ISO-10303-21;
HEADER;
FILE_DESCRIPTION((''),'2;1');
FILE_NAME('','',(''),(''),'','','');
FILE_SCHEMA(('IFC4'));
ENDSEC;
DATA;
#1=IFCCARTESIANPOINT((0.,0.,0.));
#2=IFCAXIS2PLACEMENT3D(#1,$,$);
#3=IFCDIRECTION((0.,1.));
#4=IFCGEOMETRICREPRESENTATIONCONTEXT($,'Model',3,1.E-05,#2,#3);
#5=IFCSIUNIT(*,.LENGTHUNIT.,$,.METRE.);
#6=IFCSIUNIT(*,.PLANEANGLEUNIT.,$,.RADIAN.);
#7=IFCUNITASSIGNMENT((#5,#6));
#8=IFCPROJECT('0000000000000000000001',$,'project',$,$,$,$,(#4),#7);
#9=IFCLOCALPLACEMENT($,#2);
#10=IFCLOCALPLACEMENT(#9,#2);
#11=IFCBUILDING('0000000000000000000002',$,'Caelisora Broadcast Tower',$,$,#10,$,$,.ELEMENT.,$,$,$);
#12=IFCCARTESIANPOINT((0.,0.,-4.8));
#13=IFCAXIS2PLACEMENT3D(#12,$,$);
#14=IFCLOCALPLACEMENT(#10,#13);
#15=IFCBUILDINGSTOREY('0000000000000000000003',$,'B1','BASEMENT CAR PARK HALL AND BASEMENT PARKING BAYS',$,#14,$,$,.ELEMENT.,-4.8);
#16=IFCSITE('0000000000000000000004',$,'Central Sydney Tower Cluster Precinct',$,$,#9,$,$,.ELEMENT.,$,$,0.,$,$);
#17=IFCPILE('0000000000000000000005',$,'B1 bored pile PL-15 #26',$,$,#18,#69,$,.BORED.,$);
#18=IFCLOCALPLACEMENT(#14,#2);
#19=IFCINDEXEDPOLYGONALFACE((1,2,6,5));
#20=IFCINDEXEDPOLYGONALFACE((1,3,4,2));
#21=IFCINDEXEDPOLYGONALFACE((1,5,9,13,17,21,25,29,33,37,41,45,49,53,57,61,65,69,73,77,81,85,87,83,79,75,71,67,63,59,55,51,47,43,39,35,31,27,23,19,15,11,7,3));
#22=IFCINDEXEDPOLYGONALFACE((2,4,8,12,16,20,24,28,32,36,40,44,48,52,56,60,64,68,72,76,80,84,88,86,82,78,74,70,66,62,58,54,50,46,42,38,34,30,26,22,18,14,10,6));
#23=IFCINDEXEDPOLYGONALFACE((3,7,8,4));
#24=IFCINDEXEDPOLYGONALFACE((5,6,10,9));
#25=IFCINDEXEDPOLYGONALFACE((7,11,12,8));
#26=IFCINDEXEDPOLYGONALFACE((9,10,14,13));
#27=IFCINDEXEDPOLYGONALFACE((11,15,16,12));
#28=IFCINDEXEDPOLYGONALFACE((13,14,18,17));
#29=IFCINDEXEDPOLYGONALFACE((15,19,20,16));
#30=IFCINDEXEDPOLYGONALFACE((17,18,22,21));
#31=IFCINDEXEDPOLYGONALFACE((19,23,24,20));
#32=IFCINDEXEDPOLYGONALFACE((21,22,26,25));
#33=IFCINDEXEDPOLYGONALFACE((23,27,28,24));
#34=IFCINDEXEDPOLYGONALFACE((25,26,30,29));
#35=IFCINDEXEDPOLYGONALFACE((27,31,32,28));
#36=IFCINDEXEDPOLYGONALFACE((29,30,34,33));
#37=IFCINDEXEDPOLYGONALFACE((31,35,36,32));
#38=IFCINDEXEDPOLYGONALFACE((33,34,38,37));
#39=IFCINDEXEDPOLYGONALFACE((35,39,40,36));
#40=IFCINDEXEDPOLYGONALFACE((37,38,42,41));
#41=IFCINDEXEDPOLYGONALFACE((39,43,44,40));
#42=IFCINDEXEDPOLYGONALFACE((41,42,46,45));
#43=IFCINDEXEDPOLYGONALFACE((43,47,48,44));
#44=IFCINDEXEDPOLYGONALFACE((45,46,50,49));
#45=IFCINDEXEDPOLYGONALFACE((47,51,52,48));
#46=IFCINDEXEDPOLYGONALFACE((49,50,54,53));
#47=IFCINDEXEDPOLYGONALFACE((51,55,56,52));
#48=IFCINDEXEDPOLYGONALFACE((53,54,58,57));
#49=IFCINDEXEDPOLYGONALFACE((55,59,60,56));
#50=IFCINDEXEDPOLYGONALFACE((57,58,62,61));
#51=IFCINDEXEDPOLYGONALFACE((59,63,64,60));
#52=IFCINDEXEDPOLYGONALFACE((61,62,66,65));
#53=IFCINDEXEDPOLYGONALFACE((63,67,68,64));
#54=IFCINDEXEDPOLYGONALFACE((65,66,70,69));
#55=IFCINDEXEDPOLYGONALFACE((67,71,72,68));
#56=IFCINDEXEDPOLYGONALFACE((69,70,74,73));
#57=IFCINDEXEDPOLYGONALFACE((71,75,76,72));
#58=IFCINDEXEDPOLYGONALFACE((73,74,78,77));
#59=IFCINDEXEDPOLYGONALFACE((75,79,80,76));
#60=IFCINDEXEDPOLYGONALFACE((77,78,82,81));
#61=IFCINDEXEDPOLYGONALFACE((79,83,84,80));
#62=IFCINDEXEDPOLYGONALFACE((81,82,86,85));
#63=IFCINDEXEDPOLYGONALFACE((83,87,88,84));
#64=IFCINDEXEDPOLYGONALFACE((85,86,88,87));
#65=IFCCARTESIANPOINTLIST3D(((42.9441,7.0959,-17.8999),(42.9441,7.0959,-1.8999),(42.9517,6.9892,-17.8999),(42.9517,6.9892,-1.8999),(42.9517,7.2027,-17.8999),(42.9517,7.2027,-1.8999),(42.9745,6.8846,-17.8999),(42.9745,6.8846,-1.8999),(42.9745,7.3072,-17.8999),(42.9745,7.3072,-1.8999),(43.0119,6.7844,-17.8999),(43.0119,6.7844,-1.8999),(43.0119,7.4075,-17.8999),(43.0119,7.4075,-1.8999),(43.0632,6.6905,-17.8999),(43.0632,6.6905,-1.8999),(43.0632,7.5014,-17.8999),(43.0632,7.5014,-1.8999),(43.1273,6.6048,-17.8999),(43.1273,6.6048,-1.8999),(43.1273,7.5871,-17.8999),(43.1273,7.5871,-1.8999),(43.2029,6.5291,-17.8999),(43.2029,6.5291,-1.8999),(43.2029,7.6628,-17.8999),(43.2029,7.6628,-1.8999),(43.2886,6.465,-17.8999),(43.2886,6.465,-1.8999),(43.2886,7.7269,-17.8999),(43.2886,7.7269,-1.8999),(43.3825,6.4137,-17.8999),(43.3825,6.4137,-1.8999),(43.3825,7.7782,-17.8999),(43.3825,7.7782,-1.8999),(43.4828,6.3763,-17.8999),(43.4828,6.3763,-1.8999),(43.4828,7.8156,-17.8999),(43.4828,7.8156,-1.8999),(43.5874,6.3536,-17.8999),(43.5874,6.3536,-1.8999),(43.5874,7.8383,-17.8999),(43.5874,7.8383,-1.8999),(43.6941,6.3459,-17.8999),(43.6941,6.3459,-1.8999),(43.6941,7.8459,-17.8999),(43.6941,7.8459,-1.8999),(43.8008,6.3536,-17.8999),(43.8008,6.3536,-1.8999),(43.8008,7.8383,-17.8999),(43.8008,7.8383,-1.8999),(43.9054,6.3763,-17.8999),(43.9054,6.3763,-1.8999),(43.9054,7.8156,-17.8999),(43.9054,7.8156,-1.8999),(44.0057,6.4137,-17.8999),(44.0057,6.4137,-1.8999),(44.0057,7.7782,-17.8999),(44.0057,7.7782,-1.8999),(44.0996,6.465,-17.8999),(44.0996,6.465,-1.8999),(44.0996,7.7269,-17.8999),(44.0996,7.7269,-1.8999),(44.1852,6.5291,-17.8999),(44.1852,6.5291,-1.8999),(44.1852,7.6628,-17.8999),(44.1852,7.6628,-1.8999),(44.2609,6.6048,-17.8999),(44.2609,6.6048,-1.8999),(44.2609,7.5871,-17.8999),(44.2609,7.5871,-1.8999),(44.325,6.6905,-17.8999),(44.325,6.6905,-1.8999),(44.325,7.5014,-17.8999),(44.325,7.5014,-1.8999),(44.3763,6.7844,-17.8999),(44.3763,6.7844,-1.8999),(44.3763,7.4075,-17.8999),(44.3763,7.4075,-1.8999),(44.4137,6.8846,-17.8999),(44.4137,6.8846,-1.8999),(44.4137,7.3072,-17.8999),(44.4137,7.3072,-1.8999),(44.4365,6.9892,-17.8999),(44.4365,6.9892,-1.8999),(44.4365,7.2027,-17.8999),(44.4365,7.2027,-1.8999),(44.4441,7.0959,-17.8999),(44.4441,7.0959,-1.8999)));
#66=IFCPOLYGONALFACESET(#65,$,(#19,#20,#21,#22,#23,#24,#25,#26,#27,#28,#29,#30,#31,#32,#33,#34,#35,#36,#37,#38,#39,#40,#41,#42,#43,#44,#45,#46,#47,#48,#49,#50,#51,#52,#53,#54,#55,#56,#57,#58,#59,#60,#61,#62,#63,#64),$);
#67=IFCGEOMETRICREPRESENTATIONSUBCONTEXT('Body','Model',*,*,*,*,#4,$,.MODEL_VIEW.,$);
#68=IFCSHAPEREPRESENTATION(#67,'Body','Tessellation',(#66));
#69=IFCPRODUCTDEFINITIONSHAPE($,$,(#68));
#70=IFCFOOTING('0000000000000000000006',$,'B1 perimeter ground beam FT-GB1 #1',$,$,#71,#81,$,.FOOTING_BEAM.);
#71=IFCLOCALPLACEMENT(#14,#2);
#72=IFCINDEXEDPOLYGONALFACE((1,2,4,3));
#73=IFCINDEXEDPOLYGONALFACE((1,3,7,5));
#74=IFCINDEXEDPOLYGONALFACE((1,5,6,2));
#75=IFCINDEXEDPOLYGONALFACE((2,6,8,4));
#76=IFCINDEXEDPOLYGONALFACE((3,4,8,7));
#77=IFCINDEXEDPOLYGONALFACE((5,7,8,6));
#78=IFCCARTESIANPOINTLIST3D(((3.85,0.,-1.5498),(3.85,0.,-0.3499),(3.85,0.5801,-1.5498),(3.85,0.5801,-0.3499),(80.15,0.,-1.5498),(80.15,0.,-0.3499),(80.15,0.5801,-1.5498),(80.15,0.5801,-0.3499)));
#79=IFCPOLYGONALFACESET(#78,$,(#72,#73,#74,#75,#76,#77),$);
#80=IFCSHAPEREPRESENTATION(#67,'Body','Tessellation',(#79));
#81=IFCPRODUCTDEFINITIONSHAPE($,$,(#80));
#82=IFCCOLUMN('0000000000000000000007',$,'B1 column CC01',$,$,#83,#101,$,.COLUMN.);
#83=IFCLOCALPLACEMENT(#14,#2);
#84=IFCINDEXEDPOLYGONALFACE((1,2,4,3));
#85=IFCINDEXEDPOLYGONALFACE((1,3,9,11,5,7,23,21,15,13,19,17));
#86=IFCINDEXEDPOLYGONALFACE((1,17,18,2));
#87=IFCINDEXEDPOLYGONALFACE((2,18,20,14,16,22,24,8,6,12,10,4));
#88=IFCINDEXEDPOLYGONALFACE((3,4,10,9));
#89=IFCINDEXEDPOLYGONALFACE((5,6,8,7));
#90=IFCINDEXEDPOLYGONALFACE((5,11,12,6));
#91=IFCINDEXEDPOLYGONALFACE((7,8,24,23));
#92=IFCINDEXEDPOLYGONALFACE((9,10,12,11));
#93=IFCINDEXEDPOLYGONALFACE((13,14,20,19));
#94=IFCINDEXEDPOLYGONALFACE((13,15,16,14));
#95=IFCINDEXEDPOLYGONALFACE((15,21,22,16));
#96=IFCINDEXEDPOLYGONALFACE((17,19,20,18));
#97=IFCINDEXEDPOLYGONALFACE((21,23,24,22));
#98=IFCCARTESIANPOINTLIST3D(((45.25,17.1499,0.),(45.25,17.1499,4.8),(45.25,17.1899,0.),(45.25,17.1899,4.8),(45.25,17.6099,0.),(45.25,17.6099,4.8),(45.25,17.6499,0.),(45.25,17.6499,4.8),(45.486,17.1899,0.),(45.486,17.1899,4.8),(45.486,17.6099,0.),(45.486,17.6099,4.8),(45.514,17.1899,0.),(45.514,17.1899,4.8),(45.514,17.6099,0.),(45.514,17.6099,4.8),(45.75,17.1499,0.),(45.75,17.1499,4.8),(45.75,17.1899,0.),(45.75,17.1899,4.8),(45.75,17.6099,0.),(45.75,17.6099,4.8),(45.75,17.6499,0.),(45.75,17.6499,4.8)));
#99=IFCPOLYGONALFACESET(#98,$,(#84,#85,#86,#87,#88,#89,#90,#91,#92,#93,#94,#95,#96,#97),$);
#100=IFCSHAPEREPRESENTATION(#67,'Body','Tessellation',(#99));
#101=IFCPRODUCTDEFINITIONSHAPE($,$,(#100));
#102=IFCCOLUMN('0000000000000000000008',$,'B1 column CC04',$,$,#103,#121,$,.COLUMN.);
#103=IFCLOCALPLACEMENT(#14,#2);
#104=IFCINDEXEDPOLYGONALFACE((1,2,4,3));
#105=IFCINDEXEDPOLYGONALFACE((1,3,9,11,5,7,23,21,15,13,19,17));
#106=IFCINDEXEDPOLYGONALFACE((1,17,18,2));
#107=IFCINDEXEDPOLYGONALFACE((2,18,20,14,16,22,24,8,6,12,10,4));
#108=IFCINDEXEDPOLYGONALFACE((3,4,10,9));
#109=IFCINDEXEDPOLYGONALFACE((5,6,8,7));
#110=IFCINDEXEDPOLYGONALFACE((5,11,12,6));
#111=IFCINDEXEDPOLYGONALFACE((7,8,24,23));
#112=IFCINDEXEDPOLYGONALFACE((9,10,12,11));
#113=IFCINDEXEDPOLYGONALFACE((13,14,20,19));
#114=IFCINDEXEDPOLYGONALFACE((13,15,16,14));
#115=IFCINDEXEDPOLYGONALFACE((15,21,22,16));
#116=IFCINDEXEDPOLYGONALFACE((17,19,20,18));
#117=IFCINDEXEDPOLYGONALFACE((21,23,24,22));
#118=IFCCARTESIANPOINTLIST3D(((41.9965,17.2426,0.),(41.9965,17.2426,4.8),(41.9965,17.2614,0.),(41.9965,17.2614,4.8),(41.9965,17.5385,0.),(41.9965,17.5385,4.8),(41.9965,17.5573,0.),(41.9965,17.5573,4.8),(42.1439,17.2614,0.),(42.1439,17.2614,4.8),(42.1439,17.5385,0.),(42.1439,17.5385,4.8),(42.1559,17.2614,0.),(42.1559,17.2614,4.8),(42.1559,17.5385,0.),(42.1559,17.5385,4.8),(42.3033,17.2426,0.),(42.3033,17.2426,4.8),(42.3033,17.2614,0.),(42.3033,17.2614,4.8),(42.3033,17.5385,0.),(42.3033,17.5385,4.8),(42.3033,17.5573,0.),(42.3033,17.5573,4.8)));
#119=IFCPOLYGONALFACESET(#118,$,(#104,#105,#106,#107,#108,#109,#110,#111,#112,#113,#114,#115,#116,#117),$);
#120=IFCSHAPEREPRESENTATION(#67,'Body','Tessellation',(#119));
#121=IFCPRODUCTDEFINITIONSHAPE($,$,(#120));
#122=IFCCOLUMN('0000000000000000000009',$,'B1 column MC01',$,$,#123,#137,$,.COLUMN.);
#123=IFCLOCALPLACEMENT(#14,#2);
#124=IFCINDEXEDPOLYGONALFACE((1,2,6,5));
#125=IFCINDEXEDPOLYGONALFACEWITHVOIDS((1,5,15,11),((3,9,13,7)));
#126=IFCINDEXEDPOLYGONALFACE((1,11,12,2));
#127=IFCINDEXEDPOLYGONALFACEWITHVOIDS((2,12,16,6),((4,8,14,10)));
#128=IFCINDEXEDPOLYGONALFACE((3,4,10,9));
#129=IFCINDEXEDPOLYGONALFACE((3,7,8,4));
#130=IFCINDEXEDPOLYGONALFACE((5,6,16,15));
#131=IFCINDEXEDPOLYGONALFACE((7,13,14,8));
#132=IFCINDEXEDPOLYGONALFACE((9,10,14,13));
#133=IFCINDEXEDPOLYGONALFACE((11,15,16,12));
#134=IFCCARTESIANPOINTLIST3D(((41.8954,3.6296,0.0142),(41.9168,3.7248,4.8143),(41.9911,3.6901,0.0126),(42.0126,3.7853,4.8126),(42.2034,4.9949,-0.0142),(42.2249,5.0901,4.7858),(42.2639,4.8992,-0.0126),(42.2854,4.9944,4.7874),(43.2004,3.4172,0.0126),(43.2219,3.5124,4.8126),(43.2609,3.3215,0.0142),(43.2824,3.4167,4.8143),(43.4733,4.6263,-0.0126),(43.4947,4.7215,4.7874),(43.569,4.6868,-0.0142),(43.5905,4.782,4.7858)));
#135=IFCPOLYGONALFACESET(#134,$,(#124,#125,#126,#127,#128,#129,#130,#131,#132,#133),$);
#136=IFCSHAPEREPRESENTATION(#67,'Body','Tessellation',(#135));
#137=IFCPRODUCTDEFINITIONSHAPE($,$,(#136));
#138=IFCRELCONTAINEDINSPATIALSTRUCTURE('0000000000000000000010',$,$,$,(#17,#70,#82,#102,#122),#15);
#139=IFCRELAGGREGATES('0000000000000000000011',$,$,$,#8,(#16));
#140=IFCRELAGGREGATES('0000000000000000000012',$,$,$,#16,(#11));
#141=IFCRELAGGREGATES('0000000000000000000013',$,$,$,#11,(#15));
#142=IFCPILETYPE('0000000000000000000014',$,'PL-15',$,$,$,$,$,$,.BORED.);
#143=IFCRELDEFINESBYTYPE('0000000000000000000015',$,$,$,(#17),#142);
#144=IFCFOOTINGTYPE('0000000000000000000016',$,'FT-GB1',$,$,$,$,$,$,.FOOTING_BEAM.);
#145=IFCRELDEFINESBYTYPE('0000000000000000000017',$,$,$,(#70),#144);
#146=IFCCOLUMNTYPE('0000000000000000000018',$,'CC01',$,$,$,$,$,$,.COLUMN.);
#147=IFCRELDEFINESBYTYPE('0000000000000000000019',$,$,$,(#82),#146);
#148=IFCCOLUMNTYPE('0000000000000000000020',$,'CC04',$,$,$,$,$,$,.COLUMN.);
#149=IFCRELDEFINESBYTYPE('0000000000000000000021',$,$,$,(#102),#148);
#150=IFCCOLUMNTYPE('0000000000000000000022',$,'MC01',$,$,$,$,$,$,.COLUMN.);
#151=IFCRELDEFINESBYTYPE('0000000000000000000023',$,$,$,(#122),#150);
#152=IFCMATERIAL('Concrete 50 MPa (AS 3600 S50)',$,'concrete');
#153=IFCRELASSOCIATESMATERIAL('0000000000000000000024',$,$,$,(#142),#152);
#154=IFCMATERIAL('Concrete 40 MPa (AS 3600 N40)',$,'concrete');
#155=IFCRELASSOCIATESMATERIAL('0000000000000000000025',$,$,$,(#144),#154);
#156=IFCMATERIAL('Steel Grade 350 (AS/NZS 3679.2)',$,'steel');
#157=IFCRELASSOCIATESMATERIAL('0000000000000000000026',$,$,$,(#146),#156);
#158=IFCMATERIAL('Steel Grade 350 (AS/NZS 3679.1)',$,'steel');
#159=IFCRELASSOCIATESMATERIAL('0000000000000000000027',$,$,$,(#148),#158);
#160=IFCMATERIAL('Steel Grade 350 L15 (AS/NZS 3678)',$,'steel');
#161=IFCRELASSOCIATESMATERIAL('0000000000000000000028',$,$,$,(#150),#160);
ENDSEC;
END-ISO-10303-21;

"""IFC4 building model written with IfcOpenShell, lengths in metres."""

from ifc_helpers import new_model, si_unit, direction, frame, origin, origin_2d, place, context, subcontext, project, spatial, rectangle, hollow_rectangle, circle, i_section, extrude, source, transform, mapped, material, material_profile, profile_set, type_object, type_shapes, element, save


model = new_model("IFC4")

# Units and contexts
model_context = context("Model", 3, precision=1e-05, world=origin(), true_north=direction((0.0, 1.0)))
body_context = subcontext(model_context, "Body", "Model", "MODEL_VIEW")
ifc_project = project(units=[si_unit("LENGTHUNIT", "METRE"), si_unit("PLANEANGLEUNIT", "RADIAN")], contexts=[model_context])

# Site, building, storey
site_placement = place(None, origin())
site = spatial("IfcSite", under=ifc_project, at=site_placement, Name="Central Sydney Tower Cluster Precinct", CompositionType="ELEMENT", RefElevation=0.0)
building_placement = place(site_placement, origin())
building = spatial("IfcBuilding", under=site, at=building_placement, Name="Caelisora Broadcast Tower", CompositionType="ELEMENT")
storey_placement = place(building_placement, frame((0.0, 0.0, -4.8)))
storey = spatial("IfcBuildingStorey", under=building, at=storey_placement, Name="B1", Description="BASEMENT CAR PARK HALL AND BASEMENT PARKING BAYS", CompositionType="ELEMENT", Elevation=-4.8)

# Pile
ifc_material_1 = material(Name="Concrete 50 MPa (AS 3600 S50)", Category="concrete")
ifc_material_profile_1 = material_profile(ifc_material_1, circle(Radius=0.75, at=origin_2d()), Name="Concrete 50 MPa (AS 3600 S50)")
ifc_profile_set_1 = profile_set([ifc_material_profile_1], Name="Concrete 50 MPa (AS 3600 S50)")
pile_type = type_object("IfcPileType", Name="PL-15", PredefinedType="BORED", material=ifc_profile_set_1)
pile_placement = place(storey_placement, frame((43.6941, 7.0959, -1.8999), z_axis=(0.0, 0.0, -1.0), x_axis=(1.0, 0.0, 0.0)))
element("IfcPile", 1, at=pile_placement, inside=storey, type_object=pile_type, Name="B1 bored pile PL-15 #26", PredefinedType="BORED", context=body_context, shape_type="SweptSolid", body=[
    extrude(circle(Radius=0.75, at=origin_2d()), origin(), (0.0, 0.0, 1.0), 16.0),
])

# Footing
ifc_material_2 = material(Name="Concrete 40 MPa (AS 3600 N40)", Category="concrete")
footing_type = type_object("IfcFootingType", Name="FT-GB1", PredefinedType="FOOTING_BEAM", material=ifc_material_2)
shared_shape_1 = source(origin(), body_context, "Body", "SweptSolid", [
    extrude(rectangle(XDim=76.3, YDim=0.5801, at=origin_2d()), origin(), (0.0, 0.0, 1.0), 1.2),
])
type_shapes(footing_type, [shared_shape_1])
footing_placement = place(storey_placement, frame((42.0, 0.29, -1.5498), z_axis=(0.0, 0.0, 1.0), x_axis=(1.0, 0.0, 0.0)))
element("IfcFooting", 2, at=footing_placement, inside=storey, type_object=footing_type, Name="B1 perimeter ground beam FT-GB1 #1", PredefinedType="FOOTING_BEAM", context=body_context, shape_type="MappedRepresentation", body=[
    mapped(shared_shape_1, transform((0.0, 0.0, 0.0), scale=1.0)),
])

# Columns
ifc_material_3 = material(Name="Steel Grade 350 (AS/NZS 3679.2)", Category="steel")
ifc_material_profile_2 = material_profile(ifc_material_3, i_section(OverallWidth=0.5, OverallDepth=0.5, WebThickness=0.0281, FlangeThickness=0.04, at=origin_2d()), Name="Steel Grade 350 (AS/NZS 3679.2)")
ifc_profile_set_2 = profile_set([ifc_material_profile_2], Name="Steel Grade 350 (AS/NZS 3679.2)")
column_type_1 = type_object("IfcColumnType", Name="CC01", PredefinedType="COLUMN", material=ifc_profile_set_2)
shared_shape_2 = source(origin(), body_context, "Body", "SweptSolid", [
    extrude(i_section(OverallWidth=0.5, OverallDepth=0.5, WebThickness=0.0281, FlangeThickness=0.04, at=origin_2d()), origin(), (0.0, 0.0, 1.0), 4.8),
])
type_shapes(column_type_1, [shared_shape_2])
column_1_placement = place(storey_placement, frame((45.5, 17.3999, 0.0), z_axis=(0.0, 0.0, 1.0), x_axis=(1.0, 0.0, 0.0)))
element("IfcColumn", 3, at=column_1_placement, inside=storey, type_object=column_type_1, Name="B1 column CC01", PredefinedType="COLUMN", context=body_context, shape_type="MappedRepresentation", body=[
    mapped(shared_shape_2, transform((0.0, 0.0, 0.0), scale=1.0)),
])
ifc_material_4 = material(Name="Steel Grade 350 (AS/NZS 3679.1)", Category="steel")
ifc_material_profile_3 = material_profile(ifc_material_4, i_section(OverallWidth=0.3069, OverallDepth=0.3147, WebThickness=0.012, FlangeThickness=0.0188, at=origin_2d()), Name="Steel Grade 350 (AS/NZS 3679.1)")
ifc_profile_set_3 = profile_set([ifc_material_profile_3], Name="Steel Grade 350 (AS/NZS 3679.1)")
column_type_2 = type_object("IfcColumnType", Name="CC04", PredefinedType="COLUMN", material=ifc_profile_set_3)
shared_shape_3 = source(origin(), body_context, "Body", "SweptSolid", [
    extrude(i_section(OverallWidth=0.3069, OverallDepth=0.3147, WebThickness=0.012, FlangeThickness=0.0188, at=origin_2d()), origin(), (0.0, 0.0, 1.0), 4.8),
])
type_shapes(column_type_2, [shared_shape_3])
column_2_placement = place(storey_placement, frame((42.1499, 17.3999, 0.0), z_axis=(0.0, 0.0, 1.0), x_axis=(1.0, 0.0, 0.0)))
element("IfcColumn", 4, at=column_2_placement, inside=storey, type_object=column_type_2, Name="B1 column CC04", PredefinedType="COLUMN", context=body_context, shape_type="MappedRepresentation", body=[
    mapped(shared_shape_3, transform((0.0, 0.0, 0.0), scale=1.0)),
])
ifc_material_5 = material(Name="Steel Grade 350 L15 (AS/NZS 3678)", Category="steel")
ifc_material_profile_4 = material_profile(ifc_material_5, hollow_rectangle(XDim=1.3999, YDim=1.3999, WallThickness=0.0801, at=origin_2d()), Name="Steel Grade 350 L15 (AS/NZS 3678)")
ifc_profile_set_4 = profile_set([ifc_material_profile_4], Name="Steel Grade 350 L15 (AS/NZS 3678)")
column_type_3 = type_object("IfcColumnType", Name="MC01", PredefinedType="COLUMN", material=ifc_profile_set_4)
shared_shape_4 = source(origin(), body_context, "Body", "SweptSolid", [
    extrude(hollow_rectangle(XDim=1.3999, YDim=1.3999, WallThickness=0.0801, at=origin_2d()), origin(), (0.0, 0.0, 1.0), 4.801),
])
type_shapes(column_type_3, [shared_shape_4])
column_3_placement = place(storey_placement, frame((42.7322, 4.1582, 0.0), z_axis=(0.004475, 0.019832, 0.999793), x_axis=(-0.975476, 0.220107, 0.0)))
element("IfcColumn", 5, at=column_3_placement, inside=storey, type_object=column_type_3, Name="B1 column MC01", PredefinedType="COLUMN", context=body_context, shape_type="MappedRepresentation", body=[
    mapped(shared_shape_4, transform((0.0, 0.0, 0.0), scale=1.0)),
])

save(model, "model.ifc")
